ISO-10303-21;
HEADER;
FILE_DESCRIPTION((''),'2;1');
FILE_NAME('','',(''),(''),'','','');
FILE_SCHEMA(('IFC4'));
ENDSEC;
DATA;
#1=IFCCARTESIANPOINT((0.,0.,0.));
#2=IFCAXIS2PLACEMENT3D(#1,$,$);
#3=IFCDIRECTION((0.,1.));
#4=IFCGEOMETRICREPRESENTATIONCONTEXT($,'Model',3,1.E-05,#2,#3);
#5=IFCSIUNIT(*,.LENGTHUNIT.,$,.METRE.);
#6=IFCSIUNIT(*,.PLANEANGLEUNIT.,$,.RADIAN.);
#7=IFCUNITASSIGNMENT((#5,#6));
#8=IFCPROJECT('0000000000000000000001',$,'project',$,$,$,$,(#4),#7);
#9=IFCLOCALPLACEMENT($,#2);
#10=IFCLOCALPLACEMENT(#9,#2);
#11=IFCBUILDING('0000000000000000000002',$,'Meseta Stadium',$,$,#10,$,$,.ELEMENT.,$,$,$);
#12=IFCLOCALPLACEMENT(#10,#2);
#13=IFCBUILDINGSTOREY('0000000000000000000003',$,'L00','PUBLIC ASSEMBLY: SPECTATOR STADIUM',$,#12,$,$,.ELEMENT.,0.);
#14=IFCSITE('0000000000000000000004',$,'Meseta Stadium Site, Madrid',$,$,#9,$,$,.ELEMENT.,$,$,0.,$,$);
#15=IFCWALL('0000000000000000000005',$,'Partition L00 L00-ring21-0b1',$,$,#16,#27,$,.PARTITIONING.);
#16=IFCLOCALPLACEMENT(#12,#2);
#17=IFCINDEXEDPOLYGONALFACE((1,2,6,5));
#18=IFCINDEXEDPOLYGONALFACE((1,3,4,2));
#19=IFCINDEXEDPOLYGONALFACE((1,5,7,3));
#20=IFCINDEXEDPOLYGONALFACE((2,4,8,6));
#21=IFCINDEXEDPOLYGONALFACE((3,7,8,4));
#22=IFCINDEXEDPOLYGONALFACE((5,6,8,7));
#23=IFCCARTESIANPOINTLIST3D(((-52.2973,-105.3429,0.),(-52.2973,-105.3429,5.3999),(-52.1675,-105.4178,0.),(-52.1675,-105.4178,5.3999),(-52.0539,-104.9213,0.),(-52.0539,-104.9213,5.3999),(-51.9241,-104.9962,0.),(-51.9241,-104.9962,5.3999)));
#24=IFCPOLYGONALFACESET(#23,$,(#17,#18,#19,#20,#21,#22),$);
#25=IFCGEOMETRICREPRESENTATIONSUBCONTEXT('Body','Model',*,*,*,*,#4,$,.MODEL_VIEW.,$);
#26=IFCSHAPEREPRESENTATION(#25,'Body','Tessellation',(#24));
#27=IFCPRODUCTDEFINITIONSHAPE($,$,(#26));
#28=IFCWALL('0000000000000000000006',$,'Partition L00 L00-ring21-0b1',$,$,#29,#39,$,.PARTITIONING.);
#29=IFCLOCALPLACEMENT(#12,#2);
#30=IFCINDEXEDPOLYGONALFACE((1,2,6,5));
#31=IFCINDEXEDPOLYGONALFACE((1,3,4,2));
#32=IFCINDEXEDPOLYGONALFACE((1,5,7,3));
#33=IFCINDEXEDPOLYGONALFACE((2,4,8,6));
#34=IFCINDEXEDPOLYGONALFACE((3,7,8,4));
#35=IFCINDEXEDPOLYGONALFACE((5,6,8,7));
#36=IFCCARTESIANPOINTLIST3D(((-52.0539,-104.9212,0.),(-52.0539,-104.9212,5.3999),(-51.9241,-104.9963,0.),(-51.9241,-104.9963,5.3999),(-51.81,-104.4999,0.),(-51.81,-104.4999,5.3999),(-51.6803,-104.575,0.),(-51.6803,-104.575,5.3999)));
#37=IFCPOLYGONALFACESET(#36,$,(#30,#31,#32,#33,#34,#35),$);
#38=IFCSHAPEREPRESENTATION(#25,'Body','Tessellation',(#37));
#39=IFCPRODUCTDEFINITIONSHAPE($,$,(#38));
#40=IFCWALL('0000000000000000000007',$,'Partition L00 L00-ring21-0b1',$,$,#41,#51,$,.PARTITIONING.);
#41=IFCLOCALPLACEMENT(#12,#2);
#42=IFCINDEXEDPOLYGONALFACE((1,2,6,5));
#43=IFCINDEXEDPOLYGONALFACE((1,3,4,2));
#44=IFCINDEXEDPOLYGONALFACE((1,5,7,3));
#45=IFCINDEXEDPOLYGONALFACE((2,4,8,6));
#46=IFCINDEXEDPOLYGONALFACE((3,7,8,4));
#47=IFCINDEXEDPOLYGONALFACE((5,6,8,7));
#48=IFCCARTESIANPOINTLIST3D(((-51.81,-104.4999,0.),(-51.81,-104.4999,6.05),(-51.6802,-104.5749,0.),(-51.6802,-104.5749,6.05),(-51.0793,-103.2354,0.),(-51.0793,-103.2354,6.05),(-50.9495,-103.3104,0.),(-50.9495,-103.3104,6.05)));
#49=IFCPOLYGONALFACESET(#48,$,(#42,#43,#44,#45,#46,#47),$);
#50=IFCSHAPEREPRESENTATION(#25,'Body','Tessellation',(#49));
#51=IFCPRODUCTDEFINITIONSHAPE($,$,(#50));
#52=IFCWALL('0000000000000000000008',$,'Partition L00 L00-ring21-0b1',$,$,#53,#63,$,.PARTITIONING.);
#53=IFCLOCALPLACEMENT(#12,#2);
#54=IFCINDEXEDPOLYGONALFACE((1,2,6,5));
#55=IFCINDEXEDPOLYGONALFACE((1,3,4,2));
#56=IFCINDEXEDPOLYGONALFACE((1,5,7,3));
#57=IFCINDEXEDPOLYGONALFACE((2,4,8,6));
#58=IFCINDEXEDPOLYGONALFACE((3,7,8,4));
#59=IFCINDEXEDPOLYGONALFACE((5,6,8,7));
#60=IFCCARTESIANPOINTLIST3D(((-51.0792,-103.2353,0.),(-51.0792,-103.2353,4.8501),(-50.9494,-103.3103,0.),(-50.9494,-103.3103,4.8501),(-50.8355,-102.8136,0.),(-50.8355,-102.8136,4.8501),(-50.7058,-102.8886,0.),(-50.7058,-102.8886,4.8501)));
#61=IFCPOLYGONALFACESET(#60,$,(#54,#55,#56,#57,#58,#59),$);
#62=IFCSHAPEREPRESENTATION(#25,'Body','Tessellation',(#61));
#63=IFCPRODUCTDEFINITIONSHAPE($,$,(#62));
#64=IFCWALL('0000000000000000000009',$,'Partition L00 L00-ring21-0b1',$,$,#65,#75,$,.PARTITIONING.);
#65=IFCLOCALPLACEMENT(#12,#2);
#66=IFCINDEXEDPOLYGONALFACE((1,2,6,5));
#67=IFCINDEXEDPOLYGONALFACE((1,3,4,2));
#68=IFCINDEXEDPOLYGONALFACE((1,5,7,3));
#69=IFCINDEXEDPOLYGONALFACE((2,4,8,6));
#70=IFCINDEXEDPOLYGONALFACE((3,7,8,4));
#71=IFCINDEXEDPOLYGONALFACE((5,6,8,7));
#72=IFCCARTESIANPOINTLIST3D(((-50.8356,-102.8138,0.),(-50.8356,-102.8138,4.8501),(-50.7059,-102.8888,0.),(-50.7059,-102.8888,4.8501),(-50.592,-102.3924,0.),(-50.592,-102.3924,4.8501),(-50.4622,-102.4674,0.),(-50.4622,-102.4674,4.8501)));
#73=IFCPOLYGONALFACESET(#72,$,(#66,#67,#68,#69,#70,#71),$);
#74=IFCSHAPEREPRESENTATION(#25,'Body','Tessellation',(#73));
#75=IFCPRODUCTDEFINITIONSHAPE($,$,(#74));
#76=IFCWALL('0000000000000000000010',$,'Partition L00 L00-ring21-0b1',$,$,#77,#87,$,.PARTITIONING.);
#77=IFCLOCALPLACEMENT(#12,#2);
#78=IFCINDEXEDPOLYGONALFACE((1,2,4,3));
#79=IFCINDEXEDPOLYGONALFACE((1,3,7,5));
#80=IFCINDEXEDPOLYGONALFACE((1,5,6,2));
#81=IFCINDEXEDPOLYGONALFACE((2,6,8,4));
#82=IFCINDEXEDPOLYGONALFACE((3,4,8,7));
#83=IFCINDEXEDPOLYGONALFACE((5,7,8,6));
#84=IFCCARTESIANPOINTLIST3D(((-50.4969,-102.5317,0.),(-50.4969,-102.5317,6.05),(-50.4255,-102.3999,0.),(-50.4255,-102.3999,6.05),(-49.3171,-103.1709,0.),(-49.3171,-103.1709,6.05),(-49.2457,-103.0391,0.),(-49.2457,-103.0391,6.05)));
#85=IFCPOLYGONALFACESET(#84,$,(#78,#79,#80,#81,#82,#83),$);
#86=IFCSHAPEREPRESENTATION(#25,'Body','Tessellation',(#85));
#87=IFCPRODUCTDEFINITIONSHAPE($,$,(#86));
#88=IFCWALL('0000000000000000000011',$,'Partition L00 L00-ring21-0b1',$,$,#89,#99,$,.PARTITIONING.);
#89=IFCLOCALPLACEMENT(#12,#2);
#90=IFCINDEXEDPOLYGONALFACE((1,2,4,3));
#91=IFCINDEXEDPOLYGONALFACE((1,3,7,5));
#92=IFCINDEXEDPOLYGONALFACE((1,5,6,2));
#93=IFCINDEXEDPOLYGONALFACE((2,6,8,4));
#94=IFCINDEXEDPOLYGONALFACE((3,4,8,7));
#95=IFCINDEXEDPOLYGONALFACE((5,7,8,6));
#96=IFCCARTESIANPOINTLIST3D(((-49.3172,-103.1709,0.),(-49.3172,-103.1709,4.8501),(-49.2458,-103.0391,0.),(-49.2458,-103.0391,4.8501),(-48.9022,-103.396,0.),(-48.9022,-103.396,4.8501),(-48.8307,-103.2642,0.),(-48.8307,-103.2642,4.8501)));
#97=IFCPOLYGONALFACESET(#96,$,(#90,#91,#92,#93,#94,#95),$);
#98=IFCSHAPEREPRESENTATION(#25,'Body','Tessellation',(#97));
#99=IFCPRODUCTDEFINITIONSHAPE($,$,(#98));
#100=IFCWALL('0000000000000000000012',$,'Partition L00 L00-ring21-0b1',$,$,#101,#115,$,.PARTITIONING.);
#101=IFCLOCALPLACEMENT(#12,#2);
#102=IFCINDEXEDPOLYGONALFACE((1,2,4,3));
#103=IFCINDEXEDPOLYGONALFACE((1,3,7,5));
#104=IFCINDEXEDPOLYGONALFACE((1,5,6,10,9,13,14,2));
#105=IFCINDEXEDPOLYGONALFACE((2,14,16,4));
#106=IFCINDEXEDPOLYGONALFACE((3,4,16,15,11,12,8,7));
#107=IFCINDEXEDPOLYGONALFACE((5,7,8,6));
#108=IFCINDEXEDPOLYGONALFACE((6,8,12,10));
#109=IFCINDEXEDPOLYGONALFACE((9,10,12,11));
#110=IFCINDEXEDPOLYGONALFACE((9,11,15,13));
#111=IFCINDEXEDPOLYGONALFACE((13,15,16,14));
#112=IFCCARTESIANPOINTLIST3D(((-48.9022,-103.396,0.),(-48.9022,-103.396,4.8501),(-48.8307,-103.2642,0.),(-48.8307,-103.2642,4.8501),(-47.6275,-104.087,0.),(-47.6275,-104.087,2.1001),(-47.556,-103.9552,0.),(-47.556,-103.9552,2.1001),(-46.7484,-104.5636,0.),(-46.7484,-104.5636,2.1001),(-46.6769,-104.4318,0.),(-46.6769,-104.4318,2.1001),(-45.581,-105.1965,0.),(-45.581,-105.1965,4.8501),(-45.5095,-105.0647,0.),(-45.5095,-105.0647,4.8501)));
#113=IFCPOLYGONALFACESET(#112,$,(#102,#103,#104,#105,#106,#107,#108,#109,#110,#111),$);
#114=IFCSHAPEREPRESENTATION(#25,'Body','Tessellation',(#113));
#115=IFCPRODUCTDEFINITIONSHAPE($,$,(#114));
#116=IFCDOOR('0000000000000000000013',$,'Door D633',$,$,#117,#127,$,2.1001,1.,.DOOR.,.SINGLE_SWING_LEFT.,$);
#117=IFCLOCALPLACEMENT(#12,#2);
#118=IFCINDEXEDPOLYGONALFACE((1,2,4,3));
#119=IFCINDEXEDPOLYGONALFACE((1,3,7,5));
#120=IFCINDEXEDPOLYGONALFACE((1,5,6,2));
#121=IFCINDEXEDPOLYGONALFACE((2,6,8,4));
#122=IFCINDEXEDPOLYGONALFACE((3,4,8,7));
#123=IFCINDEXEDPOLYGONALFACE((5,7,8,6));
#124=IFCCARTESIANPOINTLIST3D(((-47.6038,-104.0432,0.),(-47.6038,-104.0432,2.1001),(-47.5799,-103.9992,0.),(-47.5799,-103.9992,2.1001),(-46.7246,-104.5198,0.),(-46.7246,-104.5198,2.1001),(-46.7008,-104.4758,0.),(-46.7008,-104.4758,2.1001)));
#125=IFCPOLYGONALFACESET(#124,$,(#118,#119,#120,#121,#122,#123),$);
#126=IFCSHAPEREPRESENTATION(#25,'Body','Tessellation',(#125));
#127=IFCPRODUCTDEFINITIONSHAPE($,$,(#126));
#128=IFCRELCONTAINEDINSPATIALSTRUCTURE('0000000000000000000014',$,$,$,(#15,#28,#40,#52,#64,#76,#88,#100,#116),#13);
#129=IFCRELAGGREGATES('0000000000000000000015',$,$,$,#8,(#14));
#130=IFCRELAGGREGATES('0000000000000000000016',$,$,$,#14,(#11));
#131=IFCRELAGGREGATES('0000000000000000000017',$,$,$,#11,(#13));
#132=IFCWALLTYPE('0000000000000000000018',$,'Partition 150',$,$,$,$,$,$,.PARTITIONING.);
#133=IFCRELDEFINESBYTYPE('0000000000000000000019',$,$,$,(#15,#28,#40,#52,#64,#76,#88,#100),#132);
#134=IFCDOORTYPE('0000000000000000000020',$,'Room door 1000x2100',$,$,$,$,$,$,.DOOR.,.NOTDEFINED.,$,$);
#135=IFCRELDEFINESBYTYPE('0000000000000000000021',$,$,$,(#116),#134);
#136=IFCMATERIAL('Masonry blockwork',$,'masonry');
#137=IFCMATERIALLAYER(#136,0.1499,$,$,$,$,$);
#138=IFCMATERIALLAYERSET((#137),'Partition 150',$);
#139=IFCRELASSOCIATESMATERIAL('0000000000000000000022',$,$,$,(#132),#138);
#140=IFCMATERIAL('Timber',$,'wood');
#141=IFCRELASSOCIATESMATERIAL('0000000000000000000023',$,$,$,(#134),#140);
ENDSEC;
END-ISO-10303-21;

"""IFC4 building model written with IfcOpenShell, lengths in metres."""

from ifc_helpers import new_model, si_unit, direction, frame, frame_2d, origin, place, context, subcontext, project, spatial, rectangle, extrude, material, layer, layer_set, type_object, element, fill, save


model = new_model("IFC4")

# Units and contexts
model_context = context("Model", 3, precision=1e-05, world=origin(), true_north=direction((0.0, 1.0)))
body_context = subcontext(model_context, "Body", "Model", "MODEL_VIEW")
ifc_project = project(units=[si_unit("LENGTHUNIT", "METRE"), si_unit("PLANEANGLEUNIT", "RADIAN")], contexts=[model_context])

# Site, building, storey
site_placement = place(None, origin())
site = spatial("IfcSite", under=ifc_project, at=site_placement, Name="Meseta Stadium Site, Madrid", CompositionType="ELEMENT", RefElevation=0.0)
building_placement = place(site_placement, origin())
building = spatial("IfcBuilding", under=site, at=building_placement, Name="Meseta Stadium", CompositionType="ELEMENT")
storey_placement = place(building_placement, origin())
storey = spatial("IfcBuildingStorey", under=building, at=storey_placement, Name="L00", Description="PUBLIC ASSEMBLY: SPECTATOR STADIUM", CompositionType="ELEMENT", Elevation=0.0)

# Walls
ifc_material_1 = material(Name="Masonry blockwork", Category="masonry")
ifc_layer_1 = layer(ifc_material_1, 0.1499)
ifc_layer_set_1 = layer_set([ifc_layer_1], Name="Partition 150")
wall_type = type_object("IfcWallType", Name="Partition 150", PredefinedType="PARTITIONING", material=ifc_layer_set_1)
for number, where, z_axis, x_axis, name in (
    (1, (-52.2324, -105.3804, 0.0), (0.0, 0.0, 1.0), (0.499968, 0.866044, 0.0), "Partition L00 L00-ring21-0b1"),
    (2, (-51.989, -104.9587, 0.0), (0.0, 0.0, 1.0), (0.500937, 0.865483, 0.0), "Partition L00 L00-ring21-0b1"),
):
    element("IfcWall", number, at=place(storey_placement, frame(where, z_axis=z_axis, x_axis=x_axis)), inside=storey, type_object=wall_type, Name=name, PredefinedType="PARTITIONING", context=body_context, shape_type="SweptSolid", body=[
        extrude(rectangle(XDim=0.4868, YDim=0.1499, at=frame_2d((0.2434, 0.0))), origin(), (0.0, 0.0, 1.0), 5.3999),
    ])
wall_1_placement = place(storey_placement, frame((-51.7451, -104.5374, 0.0), z_axis=(0.0, 0.0, 1.0), x_axis=(0.500364, 0.865815, 0.0)))
element("IfcWall", 3, at=wall_1_placement, inside=storey, type_object=wall_type, Name="Partition L00 L00-ring21-0b1", PredefinedType="PARTITIONING", context=body_context, shape_type="SweptSolid", body=[
    extrude(rectangle(XDim=1.4604, YDim=0.1499, at=frame_2d((0.7302, 0.0))), origin(), (0.0, 0.0, 1.0), 6.05),
])
wall_2_placement = place(storey_placement, frame((-51.0144, -103.2729, 0.0), z_axis=(0.0, 0.0, 1.0), x_axis=(0.500344, 0.865826, 0.0)))
element("IfcWall", 4, at=wall_2_placement, inside=storey, type_object=wall_type, Name="Partition L00 L00-ring21-0b1", PredefinedType="PARTITIONING", context=body_context, shape_type="SweptSolid", body=[
    extrude(rectangle(XDim=0.4871, YDim=0.1499, at=frame_2d((0.2437, 0.0))), origin(), (0.0, 0.0, 1.0), 4.8501),
])
wall_3_placement = place(storey_placement, frame((-50.7708, -102.8513, 0.0), z_axis=(0.0, 0.0, 1.0), x_axis=(0.500562, 0.865701, 0.0)))
element("IfcWall", 5, at=wall_3_placement, inside=storey, type_object=wall_type, Name="Partition L00 L00-ring21-0b1", PredefinedType="PARTITIONING", context=body_context, shape_type="SweptSolid", body=[
    extrude(rectangle(XDim=0.4868, YDim=0.1499, at=frame_2d((0.2434, 0.0))), origin(), (0.0, 0.0, 1.0), 4.8501),
])
wall_4_placement = place(storey_placement, frame((-50.4612, -102.4658, 0.0), z_axis=(0.0, 0.0, 1.0), x_axis=(0.879241, -0.476377, 0.0)))
element("IfcWall", 6, at=wall_4_placement, inside=storey, type_object=wall_type, Name="Partition L00 L00-ring21-0b1", PredefinedType="PARTITIONING", context=body_context, shape_type="SweptSolid", body=[
    extrude(rectangle(XDim=1.3418, YDim=0.1499, at=frame_2d((0.6709, 0.0))), origin(), (0.0, 0.0, 1.0), 6.05),
])
wall_5_placement = place(storey_placement, frame((-49.2815, -103.105, 0.0), z_axis=(0.0, 0.0, 1.0), x_axis=(0.879039, -0.476749, 0.0)))
element("IfcWall", 7, at=wall_5_placement, inside=storey, type_object=wall_type, Name="Partition L00 L00-ring21-0b1", PredefinedType="PARTITIONING", context=body_context, shape_type="SweptSolid", body=[
    extrude(rectangle(XDim=0.4722, YDim=0.1499, at=frame_2d((0.2361, 0.0))), origin(), (0.0, 0.0, 1.0), 4.8501),
])

# Wall, opening, door
wall_6_placement = place(storey_placement, frame((-48.8665, -103.3301, 0.0), z_axis=(0.0, 0.0, 1.0), x_axis=(0.879125, -0.476591, 0.0)))
wall_6 = element("IfcWall", 8, at=wall_6_placement, inside=storey, type_object=wall_type, Name="Partition L00 L00-ring21-0b1", PredefinedType="PARTITIONING", context=body_context, shape_type="SweptSolid", body=[
    extrude(rectangle(XDim=3.7778, YDim=0.1499, at=frame_2d((1.8889, 0.0))), origin(), (0.0, 0.0, 1.0), 4.8501),
])
opening_placement = place(wall_6_placement, frame((1.45, 0.0, 0.0)))
opening = element("IfcOpeningElement", 9, at=opening_placement, cuts=wall_6, PredefinedType="OPENING", context=body_context, shape_type="SweptSolid", body=[
    extrude(rectangle(XDim=1.0, YDim=2.1001, at=frame_2d((0.5, 1.05))), frame((0.0, 0.085, 0.0), z_axis=(0.0, -1.0, 0.0), x_axis=(1.0, 0.0, 0.0)), (0.0, 0.0, 1.0), 0.1699),
])
ifc_material_2 = material(Name="Timber", Category="wood")
door_type = type_object("IfcDoorType", Name="Room door 1000x2100", OperationType="NOTDEFINED", PredefinedType="DOOR", material=ifc_material_2)
door_placement = place(opening_placement, origin())
door = element("IfcDoor", 10, at=door_placement, inside=storey, type_object=door_type, Name="Door D633", OperationType="SINGLE_SWING_LEFT", OverallHeight=2.1001, OverallWidth=1.0, PredefinedType="DOOR", context=body_context, shape_type="SweptSolid", body=[
    extrude(rectangle(XDim=1.0, YDim=2.1001, at=frame_2d((0.5, 1.05))), frame((0.0, 0.0249, 0.0), z_axis=(0.0, -1.0, 0.0), x_axis=(1.0, 0.0, 0.0)), (0.0, 0.0, 1.0), 0.05),
])
fill(opening, door)

save(model, "model.ifc")
